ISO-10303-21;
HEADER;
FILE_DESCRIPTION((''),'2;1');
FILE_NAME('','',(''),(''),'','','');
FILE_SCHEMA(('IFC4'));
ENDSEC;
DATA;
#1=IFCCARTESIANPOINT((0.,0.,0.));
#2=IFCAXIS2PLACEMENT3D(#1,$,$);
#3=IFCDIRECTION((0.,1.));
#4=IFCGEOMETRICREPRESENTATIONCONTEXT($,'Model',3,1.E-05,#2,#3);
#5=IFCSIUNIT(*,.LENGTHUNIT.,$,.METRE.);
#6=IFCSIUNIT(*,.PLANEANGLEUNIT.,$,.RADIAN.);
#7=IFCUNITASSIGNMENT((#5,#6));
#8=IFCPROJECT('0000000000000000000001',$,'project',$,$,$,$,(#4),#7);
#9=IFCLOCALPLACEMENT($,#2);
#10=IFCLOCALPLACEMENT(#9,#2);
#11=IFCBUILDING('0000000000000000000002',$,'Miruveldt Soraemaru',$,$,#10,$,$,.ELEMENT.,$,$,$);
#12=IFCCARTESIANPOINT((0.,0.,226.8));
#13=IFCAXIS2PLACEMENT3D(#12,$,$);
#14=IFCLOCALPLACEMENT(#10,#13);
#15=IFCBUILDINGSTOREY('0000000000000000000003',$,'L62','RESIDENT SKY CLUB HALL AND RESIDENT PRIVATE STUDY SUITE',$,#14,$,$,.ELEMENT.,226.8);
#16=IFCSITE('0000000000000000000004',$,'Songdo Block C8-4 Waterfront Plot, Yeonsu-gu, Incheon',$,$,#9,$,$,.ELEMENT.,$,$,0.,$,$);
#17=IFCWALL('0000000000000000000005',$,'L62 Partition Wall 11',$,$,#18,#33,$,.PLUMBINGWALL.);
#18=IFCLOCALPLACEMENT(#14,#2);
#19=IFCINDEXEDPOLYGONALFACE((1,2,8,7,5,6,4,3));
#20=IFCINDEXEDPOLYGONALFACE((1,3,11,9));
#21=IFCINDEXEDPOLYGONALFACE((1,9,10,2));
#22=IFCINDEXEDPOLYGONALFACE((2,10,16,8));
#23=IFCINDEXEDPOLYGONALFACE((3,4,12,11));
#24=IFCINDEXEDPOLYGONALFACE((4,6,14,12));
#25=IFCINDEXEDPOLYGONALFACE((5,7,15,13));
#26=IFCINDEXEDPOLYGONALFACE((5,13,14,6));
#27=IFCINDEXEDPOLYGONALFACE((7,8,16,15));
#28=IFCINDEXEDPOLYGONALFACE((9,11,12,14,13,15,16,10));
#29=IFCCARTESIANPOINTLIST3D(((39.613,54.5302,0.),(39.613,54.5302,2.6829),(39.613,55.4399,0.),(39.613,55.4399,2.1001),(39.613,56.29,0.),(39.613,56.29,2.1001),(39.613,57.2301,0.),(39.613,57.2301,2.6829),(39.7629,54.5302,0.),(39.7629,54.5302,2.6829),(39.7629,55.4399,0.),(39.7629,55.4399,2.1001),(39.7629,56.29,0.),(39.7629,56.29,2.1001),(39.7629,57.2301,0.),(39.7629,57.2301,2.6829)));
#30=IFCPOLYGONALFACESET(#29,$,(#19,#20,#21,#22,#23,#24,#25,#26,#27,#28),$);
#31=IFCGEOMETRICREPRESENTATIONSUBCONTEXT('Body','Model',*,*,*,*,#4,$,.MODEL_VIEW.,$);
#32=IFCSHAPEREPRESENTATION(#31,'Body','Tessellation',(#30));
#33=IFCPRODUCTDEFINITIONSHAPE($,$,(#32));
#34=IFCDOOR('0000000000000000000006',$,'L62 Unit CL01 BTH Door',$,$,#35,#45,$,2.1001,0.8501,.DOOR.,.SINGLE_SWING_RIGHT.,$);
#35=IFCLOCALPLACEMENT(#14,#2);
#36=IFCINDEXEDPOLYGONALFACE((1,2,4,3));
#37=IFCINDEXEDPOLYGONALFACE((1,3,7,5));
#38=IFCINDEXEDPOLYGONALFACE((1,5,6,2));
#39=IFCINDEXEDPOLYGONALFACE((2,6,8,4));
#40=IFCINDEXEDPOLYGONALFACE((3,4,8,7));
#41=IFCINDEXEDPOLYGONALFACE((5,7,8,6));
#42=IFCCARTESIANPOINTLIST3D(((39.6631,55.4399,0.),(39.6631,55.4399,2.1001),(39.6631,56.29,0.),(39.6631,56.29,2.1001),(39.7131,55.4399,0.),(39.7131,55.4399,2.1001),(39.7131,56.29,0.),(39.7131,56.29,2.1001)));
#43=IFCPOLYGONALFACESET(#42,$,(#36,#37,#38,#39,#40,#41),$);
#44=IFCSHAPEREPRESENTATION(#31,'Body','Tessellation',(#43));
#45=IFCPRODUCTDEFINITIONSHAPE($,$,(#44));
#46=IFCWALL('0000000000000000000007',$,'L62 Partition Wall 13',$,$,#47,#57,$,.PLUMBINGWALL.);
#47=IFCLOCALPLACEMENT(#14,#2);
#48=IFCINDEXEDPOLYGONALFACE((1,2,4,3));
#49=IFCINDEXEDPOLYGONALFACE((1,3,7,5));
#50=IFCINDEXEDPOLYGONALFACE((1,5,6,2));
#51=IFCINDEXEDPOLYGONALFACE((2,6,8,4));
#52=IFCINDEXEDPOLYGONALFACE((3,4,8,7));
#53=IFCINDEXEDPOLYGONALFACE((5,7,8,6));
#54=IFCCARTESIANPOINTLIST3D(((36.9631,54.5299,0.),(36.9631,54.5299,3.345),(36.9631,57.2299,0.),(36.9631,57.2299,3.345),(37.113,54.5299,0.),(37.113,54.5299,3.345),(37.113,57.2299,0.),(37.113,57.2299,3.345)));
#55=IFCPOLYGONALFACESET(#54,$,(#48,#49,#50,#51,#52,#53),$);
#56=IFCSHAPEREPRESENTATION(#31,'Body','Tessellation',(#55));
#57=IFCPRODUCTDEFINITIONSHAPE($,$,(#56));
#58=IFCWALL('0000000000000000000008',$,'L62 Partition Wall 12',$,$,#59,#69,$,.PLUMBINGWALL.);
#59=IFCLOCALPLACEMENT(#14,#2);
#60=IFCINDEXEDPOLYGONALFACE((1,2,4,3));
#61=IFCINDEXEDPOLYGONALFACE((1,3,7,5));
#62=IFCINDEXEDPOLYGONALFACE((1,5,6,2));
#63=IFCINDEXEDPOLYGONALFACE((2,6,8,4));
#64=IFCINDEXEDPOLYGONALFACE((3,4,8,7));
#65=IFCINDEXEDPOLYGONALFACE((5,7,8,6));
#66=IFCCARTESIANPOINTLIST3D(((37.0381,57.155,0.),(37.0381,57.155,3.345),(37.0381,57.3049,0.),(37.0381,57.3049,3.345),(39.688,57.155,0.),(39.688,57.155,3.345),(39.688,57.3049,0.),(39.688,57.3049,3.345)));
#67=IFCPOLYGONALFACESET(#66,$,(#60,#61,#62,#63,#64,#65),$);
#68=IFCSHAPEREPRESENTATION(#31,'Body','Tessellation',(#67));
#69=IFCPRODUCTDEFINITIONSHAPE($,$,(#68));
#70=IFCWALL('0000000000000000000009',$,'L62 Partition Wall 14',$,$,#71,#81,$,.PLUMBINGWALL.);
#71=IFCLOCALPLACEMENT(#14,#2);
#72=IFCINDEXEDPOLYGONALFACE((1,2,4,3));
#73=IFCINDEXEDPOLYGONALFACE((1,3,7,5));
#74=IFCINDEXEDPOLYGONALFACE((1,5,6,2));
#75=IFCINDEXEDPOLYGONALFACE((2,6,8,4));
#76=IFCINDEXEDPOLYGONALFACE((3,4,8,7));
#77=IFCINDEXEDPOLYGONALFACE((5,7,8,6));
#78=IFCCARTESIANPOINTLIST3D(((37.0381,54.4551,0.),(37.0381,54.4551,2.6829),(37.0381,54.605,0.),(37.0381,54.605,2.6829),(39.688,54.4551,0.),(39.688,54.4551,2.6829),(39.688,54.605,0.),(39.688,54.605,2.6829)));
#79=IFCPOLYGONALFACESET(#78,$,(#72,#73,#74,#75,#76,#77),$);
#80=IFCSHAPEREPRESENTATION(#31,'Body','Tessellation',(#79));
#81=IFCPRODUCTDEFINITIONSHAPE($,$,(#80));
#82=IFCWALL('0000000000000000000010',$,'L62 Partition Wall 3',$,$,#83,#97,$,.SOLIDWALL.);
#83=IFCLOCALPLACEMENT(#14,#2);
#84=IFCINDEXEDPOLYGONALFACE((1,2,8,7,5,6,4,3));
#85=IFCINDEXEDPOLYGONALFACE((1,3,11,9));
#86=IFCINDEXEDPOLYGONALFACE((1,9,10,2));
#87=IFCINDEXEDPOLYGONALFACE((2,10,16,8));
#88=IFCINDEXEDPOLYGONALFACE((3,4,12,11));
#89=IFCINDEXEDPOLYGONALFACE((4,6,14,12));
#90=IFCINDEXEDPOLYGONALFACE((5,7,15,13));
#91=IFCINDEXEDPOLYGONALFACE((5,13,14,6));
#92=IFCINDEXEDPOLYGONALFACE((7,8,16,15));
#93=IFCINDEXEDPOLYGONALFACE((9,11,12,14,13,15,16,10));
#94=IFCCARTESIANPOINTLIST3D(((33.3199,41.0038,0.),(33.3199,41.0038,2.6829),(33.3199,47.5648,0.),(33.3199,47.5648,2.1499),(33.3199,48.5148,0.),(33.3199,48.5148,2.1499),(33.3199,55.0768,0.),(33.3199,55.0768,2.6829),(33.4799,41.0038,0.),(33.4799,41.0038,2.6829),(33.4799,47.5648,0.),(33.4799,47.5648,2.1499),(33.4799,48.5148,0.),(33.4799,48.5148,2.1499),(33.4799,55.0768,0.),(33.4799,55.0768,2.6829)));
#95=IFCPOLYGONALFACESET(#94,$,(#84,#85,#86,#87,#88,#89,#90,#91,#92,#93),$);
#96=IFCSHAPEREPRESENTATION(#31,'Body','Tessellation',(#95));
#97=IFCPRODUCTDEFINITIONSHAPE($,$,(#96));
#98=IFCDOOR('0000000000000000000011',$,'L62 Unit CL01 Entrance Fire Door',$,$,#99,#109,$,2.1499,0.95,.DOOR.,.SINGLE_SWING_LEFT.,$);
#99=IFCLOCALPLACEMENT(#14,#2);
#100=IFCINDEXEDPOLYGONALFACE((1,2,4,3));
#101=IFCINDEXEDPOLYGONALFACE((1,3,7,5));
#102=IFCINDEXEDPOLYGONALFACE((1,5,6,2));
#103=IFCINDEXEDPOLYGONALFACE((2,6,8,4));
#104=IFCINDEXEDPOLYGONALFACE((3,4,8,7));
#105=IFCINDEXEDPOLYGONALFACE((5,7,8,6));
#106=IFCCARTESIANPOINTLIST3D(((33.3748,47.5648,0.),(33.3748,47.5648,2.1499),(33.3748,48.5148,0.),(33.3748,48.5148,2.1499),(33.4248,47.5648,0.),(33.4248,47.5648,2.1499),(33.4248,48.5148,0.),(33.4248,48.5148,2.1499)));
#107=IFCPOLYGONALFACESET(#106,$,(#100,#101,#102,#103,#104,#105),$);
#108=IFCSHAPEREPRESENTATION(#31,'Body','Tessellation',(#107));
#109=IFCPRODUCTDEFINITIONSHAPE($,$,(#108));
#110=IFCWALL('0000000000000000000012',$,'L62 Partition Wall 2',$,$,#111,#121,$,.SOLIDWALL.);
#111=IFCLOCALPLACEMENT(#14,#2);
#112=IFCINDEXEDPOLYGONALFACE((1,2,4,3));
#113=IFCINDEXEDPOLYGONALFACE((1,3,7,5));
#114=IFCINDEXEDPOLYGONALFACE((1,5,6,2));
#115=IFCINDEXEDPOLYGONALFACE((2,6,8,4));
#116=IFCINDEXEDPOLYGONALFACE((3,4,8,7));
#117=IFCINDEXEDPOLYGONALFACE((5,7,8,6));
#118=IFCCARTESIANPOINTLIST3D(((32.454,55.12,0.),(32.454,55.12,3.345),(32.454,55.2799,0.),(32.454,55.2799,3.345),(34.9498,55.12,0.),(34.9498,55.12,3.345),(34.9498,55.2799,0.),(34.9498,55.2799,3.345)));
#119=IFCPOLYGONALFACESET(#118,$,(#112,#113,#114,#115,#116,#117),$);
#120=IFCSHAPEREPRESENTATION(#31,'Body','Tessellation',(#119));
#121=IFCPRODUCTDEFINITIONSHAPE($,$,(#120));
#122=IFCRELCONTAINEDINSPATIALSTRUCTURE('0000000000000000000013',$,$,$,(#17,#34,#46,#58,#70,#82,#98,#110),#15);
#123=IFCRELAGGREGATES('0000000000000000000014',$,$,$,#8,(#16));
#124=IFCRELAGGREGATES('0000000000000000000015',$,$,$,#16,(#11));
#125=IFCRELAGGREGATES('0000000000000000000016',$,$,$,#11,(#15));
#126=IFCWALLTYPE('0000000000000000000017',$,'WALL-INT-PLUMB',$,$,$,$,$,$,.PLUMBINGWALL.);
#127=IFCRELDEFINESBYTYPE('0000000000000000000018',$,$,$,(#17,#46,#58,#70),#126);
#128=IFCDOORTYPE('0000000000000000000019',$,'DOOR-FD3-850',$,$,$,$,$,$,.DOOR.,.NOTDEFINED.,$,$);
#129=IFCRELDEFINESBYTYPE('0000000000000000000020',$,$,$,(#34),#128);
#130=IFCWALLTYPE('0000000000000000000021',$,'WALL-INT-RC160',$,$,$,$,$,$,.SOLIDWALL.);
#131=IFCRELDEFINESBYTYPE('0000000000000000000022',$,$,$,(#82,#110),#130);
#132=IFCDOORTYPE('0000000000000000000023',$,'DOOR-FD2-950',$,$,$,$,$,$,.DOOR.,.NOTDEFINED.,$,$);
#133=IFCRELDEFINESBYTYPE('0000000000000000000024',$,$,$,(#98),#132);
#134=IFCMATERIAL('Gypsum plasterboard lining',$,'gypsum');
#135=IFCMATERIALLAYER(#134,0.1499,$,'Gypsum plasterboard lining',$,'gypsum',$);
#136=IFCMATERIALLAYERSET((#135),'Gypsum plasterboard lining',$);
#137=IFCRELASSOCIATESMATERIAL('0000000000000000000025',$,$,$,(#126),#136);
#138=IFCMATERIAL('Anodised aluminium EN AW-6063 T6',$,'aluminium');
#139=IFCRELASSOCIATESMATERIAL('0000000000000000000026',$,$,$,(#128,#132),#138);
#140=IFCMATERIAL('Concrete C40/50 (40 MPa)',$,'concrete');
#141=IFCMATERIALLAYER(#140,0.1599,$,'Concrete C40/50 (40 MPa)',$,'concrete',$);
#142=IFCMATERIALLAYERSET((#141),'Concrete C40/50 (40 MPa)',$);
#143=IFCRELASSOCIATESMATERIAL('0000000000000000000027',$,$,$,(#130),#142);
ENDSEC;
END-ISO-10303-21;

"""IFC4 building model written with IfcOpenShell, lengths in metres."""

from ifc_helpers import new_model, si_unit, direction, frame, frame_2d, origin, place, context, subcontext, project, spatial, rectangle, extrude, material, layer, layer_set, type_object, element, fill, save


model = new_model("IFC4")

# Units and contexts
model_context = context("Model", 3, precision=1e-05, world=origin(), true_north=direction((0.0, 1.0)))
body_context = subcontext(model_context, "Body", "Model", "MODEL_VIEW")
ifc_project = project(units=[si_unit("LENGTHUNIT", "METRE"), si_unit("PLANEANGLEUNIT", "RADIAN")], contexts=[model_context])

# Site, building, storey
site_placement = place(None, origin())
site = spatial("IfcSite", under=ifc_project, at=site_placement, Name="Songdo Block C8-4 Waterfront Plot, Yeonsu-gu, Incheon", CompositionType="ELEMENT", RefElevation=0.0)
building_placement = place(site_placement, origin())
building = spatial("IfcBuilding", under=site, at=building_placement, Name="Miruveldt Soraemaru", CompositionType="ELEMENT")
storey_placement = place(building_placement, frame((0.0, 0.0, 226.8)))
storey = spatial("IfcBuildingStorey", under=building, at=storey_placement, Name="L62", Description="RESIDENT SKY CLUB HALL AND RESIDENT PRIVATE STUDY SUITE", CompositionType="ELEMENT", Elevation=226.8)

# Wall, opening, door
ifc_material_1 = material(Name="Gypsum plasterboard lining", Category="gypsum")
ifc_layer_1 = layer(ifc_material_1, 0.1499, Name="Gypsum plasterboard lining", Category="gypsum")
ifc_layer_set_1 = layer_set([ifc_layer_1], Name="Gypsum plasterboard lining")
wall_type_1 = type_object("IfcWallType", Name="WALL-INT-PLUMB", PredefinedType="PLUMBINGWALL", material=ifc_layer_set_1)
wall_1_placement = place(storey_placement, frame((39.688, 54.53, 0.0), z_axis=(0.0, 0.0, 1.0), x_axis=(0.0, 1.0, 0.0)))
wall_1 = element("IfcWall", 1, at=wall_1_placement, inside=storey, type_object=wall_type_1, Name="L62 Partition Wall 11", PredefinedType="PLUMBINGWALL", context=body_context, shape_type="SweptSolid", body=[
    extrude(rectangle(XDim=2.7, YDim=0.1499, at=frame_2d((1.3501, 0.0))), origin(), (0.0, 0.0, 1.0), 2.6829),
])
opening_1_placement = place(wall_1_placement, frame((0.9099, 0.0, 0.0)))
opening_1 = element("IfcOpeningElement", 2, at=opening_1_placement, cuts=wall_1, PredefinedType="OPENING", context=body_context, shape_type="SweptSolid", body=[
    extrude(rectangle(XDim=0.8501, YDim=2.1001, at=frame_2d((0.425, 1.05))), frame((0.0, 0.085, 0.0), z_axis=(0.0, -1.0, 0.0), x_axis=(1.0, 0.0, 0.0)), (0.0, 0.0, 1.0), 0.1699),
])
ifc_material_2 = material(Name="Anodised aluminium EN AW-6063 T6", Category="aluminium")
door_type_1 = type_object("IfcDoorType", Name="DOOR-FD3-850", OperationType="NOTDEFINED", PredefinedType="DOOR", material=ifc_material_2)
door_1_placement = place(opening_1_placement, origin())
door_1 = element("IfcDoor", 3, at=door_1_placement, inside=storey, type_object=door_type_1, Name="L62 Unit CL01 BTH Door", OperationType="SINGLE_SWING_RIGHT", OverallHeight=2.1001, OverallWidth=0.8501, PredefinedType="DOOR", context=body_context, shape_type="SweptSolid", body=[
    extrude(rectangle(XDim=0.8501, YDim=2.1001, at=frame_2d((0.425, 1.05))), frame((0.0, 0.0249, 0.0), z_axis=(0.0, -1.0, 0.0), x_axis=(1.0, 0.0, 0.0)), (0.0, 0.0, 1.0), 0.05),
])
fill(opening_1, door_1)

# Walls
wall_2_placement = place(storey_placement, frame((37.0381, 57.23, 0.0), z_axis=(0.0, 0.0, 1.0), x_axis=(0.0, -1.0, 0.0)))
element("IfcWall", 4, at=wall_2_placement, inside=storey, type_object=wall_type_1, Name="L62 Partition Wall 13", PredefinedType="PLUMBINGWALL", context=body_context, shape_type="SweptSolid", body=[
    extrude(rectangle(XDim=2.7, YDim=0.1499, at=frame_2d((1.3501, 0.0))), origin(), (0.0, 0.0, 1.0), 3.345),
])
wall_3_placement = place(storey_placement, frame((39.688, 57.23, 0.0), z_axis=(0.0, 0.0, 1.0), x_axis=(-1.0, 0.0, 0.0)))
element("IfcWall", 5, at=wall_3_placement, inside=storey, type_object=wall_type_1, Name="L62 Partition Wall 12", PredefinedType="PLUMBINGWALL", context=body_context, shape_type="SweptSolid", body=[
    extrude(rectangle(XDim=2.6499, YDim=0.1499, at=frame_2d((1.325, 0.0))), origin(), (0.0, 0.0, 1.0), 3.345),
])
wall_4_placement = place(storey_placement, frame((37.0381, 54.53, 0.0), z_axis=(0.0, 0.0, 1.0), x_axis=(1.0, 0.0, 0.0)))
element("IfcWall", 6, at=wall_4_placement, inside=storey, type_object=wall_type_1, Name="L62 Partition Wall 14", PredefinedType="PLUMBINGWALL", context=body_context, shape_type="SweptSolid", body=[
    extrude(rectangle(XDim=2.6499, YDim=0.1499, at=frame_2d((1.325, 0.0))), origin(), (0.0, 0.0, 1.0), 2.6829),
])

# Wall, opening, door
ifc_material_3 = material(Name="Concrete C40/50 (40 MPa)", Category="concrete")
ifc_layer_2 = layer(ifc_material_3, 0.1599, Name="Concrete C40/50 (40 MPa)", Category="concrete")
ifc_layer_set_2 = layer_set([ifc_layer_2], Name="Concrete C40/50 (40 MPa)")
wall_type_2 = type_object("IfcWallType", Name="WALL-INT-RC160", PredefinedType="SOLIDWALL", material=ifc_layer_set_2)
wall_5_placement = place(storey_placement, frame((33.3999, 55.0769, 0.0), z_axis=(0.0, 0.0, 1.0), x_axis=(0.0, -1.0, 0.0)))
wall_5 = element("IfcWall", 7, at=wall_5_placement, inside=storey, type_object=wall_type_2, Name="L62 Partition Wall 3", PredefinedType="SOLIDWALL", context=body_context, shape_type="SweptSolid", body=[
    extrude(rectangle(XDim=14.073, YDim=0.1599, at=frame_2d((7.0366, 0.0))), origin(), (0.0, 0.0, 1.0), 2.6829),
])
opening_2_placement = place(wall_5_placement, frame((6.562, 0.0, 0.0)))
opening_2 = element("IfcOpeningElement", 8, at=opening_2_placement, cuts=wall_5, PredefinedType="OPENING", context=body_context, shape_type="SweptSolid", body=[
    extrude(rectangle(XDim=0.95, YDim=2.1499, at=frame_2d((0.4751, 1.075))), frame((0.0, 0.0898, 0.0), z_axis=(0.0, -1.0, 0.0), x_axis=(1.0, 0.0, 0.0)), (0.0, 0.0, 1.0), 0.1799),
])
door_type_2 = type_object("IfcDoorType", Name="DOOR-FD2-950", OperationType="NOTDEFINED", PredefinedType="DOOR", material=ifc_material_2)
door_2_placement = place(opening_2_placement, origin())
door_2 = element("IfcDoor", 9, at=door_2_placement, inside=storey, type_object=door_type_2, Name="L62 Unit CL01 Entrance Fire Door", OperationType="SINGLE_SWING_LEFT", OverallHeight=2.1499, OverallWidth=0.95, PredefinedType="DOOR", context=body_context, shape_type="SweptSolid", body=[
    extrude(rectangle(XDim=0.95, YDim=2.1499, at=frame_2d((0.4751, 1.075))), frame((0.0, 0.0249, 0.0), z_axis=(0.0, -1.0, 0.0), x_axis=(1.0, 0.0, 0.0)), (0.0, 0.0, 1.0), 0.05),
])
fill(opening_2, door_2)

# Wall
wall_6_placement = place(storey_placement, frame((34.95, 55.2, 0.0), z_axis=(0.0, 0.0, 1.0), x_axis=(-1.0, 0.0, 0.0)))
element("IfcWall", 10, at=wall_6_placement, inside=storey, type_object=wall_type_2, Name="L62 Partition Wall 2", PredefinedType="SOLIDWALL", context=body_context, shape_type="SweptSolid", body=[
    extrude(rectangle(XDim=2.4958, YDim=0.1599, at=frame_2d((1.248, 0.0))), origin(), (0.0, 0.0, 1.0), 3.345),
])

save(model, "model.ifc")
